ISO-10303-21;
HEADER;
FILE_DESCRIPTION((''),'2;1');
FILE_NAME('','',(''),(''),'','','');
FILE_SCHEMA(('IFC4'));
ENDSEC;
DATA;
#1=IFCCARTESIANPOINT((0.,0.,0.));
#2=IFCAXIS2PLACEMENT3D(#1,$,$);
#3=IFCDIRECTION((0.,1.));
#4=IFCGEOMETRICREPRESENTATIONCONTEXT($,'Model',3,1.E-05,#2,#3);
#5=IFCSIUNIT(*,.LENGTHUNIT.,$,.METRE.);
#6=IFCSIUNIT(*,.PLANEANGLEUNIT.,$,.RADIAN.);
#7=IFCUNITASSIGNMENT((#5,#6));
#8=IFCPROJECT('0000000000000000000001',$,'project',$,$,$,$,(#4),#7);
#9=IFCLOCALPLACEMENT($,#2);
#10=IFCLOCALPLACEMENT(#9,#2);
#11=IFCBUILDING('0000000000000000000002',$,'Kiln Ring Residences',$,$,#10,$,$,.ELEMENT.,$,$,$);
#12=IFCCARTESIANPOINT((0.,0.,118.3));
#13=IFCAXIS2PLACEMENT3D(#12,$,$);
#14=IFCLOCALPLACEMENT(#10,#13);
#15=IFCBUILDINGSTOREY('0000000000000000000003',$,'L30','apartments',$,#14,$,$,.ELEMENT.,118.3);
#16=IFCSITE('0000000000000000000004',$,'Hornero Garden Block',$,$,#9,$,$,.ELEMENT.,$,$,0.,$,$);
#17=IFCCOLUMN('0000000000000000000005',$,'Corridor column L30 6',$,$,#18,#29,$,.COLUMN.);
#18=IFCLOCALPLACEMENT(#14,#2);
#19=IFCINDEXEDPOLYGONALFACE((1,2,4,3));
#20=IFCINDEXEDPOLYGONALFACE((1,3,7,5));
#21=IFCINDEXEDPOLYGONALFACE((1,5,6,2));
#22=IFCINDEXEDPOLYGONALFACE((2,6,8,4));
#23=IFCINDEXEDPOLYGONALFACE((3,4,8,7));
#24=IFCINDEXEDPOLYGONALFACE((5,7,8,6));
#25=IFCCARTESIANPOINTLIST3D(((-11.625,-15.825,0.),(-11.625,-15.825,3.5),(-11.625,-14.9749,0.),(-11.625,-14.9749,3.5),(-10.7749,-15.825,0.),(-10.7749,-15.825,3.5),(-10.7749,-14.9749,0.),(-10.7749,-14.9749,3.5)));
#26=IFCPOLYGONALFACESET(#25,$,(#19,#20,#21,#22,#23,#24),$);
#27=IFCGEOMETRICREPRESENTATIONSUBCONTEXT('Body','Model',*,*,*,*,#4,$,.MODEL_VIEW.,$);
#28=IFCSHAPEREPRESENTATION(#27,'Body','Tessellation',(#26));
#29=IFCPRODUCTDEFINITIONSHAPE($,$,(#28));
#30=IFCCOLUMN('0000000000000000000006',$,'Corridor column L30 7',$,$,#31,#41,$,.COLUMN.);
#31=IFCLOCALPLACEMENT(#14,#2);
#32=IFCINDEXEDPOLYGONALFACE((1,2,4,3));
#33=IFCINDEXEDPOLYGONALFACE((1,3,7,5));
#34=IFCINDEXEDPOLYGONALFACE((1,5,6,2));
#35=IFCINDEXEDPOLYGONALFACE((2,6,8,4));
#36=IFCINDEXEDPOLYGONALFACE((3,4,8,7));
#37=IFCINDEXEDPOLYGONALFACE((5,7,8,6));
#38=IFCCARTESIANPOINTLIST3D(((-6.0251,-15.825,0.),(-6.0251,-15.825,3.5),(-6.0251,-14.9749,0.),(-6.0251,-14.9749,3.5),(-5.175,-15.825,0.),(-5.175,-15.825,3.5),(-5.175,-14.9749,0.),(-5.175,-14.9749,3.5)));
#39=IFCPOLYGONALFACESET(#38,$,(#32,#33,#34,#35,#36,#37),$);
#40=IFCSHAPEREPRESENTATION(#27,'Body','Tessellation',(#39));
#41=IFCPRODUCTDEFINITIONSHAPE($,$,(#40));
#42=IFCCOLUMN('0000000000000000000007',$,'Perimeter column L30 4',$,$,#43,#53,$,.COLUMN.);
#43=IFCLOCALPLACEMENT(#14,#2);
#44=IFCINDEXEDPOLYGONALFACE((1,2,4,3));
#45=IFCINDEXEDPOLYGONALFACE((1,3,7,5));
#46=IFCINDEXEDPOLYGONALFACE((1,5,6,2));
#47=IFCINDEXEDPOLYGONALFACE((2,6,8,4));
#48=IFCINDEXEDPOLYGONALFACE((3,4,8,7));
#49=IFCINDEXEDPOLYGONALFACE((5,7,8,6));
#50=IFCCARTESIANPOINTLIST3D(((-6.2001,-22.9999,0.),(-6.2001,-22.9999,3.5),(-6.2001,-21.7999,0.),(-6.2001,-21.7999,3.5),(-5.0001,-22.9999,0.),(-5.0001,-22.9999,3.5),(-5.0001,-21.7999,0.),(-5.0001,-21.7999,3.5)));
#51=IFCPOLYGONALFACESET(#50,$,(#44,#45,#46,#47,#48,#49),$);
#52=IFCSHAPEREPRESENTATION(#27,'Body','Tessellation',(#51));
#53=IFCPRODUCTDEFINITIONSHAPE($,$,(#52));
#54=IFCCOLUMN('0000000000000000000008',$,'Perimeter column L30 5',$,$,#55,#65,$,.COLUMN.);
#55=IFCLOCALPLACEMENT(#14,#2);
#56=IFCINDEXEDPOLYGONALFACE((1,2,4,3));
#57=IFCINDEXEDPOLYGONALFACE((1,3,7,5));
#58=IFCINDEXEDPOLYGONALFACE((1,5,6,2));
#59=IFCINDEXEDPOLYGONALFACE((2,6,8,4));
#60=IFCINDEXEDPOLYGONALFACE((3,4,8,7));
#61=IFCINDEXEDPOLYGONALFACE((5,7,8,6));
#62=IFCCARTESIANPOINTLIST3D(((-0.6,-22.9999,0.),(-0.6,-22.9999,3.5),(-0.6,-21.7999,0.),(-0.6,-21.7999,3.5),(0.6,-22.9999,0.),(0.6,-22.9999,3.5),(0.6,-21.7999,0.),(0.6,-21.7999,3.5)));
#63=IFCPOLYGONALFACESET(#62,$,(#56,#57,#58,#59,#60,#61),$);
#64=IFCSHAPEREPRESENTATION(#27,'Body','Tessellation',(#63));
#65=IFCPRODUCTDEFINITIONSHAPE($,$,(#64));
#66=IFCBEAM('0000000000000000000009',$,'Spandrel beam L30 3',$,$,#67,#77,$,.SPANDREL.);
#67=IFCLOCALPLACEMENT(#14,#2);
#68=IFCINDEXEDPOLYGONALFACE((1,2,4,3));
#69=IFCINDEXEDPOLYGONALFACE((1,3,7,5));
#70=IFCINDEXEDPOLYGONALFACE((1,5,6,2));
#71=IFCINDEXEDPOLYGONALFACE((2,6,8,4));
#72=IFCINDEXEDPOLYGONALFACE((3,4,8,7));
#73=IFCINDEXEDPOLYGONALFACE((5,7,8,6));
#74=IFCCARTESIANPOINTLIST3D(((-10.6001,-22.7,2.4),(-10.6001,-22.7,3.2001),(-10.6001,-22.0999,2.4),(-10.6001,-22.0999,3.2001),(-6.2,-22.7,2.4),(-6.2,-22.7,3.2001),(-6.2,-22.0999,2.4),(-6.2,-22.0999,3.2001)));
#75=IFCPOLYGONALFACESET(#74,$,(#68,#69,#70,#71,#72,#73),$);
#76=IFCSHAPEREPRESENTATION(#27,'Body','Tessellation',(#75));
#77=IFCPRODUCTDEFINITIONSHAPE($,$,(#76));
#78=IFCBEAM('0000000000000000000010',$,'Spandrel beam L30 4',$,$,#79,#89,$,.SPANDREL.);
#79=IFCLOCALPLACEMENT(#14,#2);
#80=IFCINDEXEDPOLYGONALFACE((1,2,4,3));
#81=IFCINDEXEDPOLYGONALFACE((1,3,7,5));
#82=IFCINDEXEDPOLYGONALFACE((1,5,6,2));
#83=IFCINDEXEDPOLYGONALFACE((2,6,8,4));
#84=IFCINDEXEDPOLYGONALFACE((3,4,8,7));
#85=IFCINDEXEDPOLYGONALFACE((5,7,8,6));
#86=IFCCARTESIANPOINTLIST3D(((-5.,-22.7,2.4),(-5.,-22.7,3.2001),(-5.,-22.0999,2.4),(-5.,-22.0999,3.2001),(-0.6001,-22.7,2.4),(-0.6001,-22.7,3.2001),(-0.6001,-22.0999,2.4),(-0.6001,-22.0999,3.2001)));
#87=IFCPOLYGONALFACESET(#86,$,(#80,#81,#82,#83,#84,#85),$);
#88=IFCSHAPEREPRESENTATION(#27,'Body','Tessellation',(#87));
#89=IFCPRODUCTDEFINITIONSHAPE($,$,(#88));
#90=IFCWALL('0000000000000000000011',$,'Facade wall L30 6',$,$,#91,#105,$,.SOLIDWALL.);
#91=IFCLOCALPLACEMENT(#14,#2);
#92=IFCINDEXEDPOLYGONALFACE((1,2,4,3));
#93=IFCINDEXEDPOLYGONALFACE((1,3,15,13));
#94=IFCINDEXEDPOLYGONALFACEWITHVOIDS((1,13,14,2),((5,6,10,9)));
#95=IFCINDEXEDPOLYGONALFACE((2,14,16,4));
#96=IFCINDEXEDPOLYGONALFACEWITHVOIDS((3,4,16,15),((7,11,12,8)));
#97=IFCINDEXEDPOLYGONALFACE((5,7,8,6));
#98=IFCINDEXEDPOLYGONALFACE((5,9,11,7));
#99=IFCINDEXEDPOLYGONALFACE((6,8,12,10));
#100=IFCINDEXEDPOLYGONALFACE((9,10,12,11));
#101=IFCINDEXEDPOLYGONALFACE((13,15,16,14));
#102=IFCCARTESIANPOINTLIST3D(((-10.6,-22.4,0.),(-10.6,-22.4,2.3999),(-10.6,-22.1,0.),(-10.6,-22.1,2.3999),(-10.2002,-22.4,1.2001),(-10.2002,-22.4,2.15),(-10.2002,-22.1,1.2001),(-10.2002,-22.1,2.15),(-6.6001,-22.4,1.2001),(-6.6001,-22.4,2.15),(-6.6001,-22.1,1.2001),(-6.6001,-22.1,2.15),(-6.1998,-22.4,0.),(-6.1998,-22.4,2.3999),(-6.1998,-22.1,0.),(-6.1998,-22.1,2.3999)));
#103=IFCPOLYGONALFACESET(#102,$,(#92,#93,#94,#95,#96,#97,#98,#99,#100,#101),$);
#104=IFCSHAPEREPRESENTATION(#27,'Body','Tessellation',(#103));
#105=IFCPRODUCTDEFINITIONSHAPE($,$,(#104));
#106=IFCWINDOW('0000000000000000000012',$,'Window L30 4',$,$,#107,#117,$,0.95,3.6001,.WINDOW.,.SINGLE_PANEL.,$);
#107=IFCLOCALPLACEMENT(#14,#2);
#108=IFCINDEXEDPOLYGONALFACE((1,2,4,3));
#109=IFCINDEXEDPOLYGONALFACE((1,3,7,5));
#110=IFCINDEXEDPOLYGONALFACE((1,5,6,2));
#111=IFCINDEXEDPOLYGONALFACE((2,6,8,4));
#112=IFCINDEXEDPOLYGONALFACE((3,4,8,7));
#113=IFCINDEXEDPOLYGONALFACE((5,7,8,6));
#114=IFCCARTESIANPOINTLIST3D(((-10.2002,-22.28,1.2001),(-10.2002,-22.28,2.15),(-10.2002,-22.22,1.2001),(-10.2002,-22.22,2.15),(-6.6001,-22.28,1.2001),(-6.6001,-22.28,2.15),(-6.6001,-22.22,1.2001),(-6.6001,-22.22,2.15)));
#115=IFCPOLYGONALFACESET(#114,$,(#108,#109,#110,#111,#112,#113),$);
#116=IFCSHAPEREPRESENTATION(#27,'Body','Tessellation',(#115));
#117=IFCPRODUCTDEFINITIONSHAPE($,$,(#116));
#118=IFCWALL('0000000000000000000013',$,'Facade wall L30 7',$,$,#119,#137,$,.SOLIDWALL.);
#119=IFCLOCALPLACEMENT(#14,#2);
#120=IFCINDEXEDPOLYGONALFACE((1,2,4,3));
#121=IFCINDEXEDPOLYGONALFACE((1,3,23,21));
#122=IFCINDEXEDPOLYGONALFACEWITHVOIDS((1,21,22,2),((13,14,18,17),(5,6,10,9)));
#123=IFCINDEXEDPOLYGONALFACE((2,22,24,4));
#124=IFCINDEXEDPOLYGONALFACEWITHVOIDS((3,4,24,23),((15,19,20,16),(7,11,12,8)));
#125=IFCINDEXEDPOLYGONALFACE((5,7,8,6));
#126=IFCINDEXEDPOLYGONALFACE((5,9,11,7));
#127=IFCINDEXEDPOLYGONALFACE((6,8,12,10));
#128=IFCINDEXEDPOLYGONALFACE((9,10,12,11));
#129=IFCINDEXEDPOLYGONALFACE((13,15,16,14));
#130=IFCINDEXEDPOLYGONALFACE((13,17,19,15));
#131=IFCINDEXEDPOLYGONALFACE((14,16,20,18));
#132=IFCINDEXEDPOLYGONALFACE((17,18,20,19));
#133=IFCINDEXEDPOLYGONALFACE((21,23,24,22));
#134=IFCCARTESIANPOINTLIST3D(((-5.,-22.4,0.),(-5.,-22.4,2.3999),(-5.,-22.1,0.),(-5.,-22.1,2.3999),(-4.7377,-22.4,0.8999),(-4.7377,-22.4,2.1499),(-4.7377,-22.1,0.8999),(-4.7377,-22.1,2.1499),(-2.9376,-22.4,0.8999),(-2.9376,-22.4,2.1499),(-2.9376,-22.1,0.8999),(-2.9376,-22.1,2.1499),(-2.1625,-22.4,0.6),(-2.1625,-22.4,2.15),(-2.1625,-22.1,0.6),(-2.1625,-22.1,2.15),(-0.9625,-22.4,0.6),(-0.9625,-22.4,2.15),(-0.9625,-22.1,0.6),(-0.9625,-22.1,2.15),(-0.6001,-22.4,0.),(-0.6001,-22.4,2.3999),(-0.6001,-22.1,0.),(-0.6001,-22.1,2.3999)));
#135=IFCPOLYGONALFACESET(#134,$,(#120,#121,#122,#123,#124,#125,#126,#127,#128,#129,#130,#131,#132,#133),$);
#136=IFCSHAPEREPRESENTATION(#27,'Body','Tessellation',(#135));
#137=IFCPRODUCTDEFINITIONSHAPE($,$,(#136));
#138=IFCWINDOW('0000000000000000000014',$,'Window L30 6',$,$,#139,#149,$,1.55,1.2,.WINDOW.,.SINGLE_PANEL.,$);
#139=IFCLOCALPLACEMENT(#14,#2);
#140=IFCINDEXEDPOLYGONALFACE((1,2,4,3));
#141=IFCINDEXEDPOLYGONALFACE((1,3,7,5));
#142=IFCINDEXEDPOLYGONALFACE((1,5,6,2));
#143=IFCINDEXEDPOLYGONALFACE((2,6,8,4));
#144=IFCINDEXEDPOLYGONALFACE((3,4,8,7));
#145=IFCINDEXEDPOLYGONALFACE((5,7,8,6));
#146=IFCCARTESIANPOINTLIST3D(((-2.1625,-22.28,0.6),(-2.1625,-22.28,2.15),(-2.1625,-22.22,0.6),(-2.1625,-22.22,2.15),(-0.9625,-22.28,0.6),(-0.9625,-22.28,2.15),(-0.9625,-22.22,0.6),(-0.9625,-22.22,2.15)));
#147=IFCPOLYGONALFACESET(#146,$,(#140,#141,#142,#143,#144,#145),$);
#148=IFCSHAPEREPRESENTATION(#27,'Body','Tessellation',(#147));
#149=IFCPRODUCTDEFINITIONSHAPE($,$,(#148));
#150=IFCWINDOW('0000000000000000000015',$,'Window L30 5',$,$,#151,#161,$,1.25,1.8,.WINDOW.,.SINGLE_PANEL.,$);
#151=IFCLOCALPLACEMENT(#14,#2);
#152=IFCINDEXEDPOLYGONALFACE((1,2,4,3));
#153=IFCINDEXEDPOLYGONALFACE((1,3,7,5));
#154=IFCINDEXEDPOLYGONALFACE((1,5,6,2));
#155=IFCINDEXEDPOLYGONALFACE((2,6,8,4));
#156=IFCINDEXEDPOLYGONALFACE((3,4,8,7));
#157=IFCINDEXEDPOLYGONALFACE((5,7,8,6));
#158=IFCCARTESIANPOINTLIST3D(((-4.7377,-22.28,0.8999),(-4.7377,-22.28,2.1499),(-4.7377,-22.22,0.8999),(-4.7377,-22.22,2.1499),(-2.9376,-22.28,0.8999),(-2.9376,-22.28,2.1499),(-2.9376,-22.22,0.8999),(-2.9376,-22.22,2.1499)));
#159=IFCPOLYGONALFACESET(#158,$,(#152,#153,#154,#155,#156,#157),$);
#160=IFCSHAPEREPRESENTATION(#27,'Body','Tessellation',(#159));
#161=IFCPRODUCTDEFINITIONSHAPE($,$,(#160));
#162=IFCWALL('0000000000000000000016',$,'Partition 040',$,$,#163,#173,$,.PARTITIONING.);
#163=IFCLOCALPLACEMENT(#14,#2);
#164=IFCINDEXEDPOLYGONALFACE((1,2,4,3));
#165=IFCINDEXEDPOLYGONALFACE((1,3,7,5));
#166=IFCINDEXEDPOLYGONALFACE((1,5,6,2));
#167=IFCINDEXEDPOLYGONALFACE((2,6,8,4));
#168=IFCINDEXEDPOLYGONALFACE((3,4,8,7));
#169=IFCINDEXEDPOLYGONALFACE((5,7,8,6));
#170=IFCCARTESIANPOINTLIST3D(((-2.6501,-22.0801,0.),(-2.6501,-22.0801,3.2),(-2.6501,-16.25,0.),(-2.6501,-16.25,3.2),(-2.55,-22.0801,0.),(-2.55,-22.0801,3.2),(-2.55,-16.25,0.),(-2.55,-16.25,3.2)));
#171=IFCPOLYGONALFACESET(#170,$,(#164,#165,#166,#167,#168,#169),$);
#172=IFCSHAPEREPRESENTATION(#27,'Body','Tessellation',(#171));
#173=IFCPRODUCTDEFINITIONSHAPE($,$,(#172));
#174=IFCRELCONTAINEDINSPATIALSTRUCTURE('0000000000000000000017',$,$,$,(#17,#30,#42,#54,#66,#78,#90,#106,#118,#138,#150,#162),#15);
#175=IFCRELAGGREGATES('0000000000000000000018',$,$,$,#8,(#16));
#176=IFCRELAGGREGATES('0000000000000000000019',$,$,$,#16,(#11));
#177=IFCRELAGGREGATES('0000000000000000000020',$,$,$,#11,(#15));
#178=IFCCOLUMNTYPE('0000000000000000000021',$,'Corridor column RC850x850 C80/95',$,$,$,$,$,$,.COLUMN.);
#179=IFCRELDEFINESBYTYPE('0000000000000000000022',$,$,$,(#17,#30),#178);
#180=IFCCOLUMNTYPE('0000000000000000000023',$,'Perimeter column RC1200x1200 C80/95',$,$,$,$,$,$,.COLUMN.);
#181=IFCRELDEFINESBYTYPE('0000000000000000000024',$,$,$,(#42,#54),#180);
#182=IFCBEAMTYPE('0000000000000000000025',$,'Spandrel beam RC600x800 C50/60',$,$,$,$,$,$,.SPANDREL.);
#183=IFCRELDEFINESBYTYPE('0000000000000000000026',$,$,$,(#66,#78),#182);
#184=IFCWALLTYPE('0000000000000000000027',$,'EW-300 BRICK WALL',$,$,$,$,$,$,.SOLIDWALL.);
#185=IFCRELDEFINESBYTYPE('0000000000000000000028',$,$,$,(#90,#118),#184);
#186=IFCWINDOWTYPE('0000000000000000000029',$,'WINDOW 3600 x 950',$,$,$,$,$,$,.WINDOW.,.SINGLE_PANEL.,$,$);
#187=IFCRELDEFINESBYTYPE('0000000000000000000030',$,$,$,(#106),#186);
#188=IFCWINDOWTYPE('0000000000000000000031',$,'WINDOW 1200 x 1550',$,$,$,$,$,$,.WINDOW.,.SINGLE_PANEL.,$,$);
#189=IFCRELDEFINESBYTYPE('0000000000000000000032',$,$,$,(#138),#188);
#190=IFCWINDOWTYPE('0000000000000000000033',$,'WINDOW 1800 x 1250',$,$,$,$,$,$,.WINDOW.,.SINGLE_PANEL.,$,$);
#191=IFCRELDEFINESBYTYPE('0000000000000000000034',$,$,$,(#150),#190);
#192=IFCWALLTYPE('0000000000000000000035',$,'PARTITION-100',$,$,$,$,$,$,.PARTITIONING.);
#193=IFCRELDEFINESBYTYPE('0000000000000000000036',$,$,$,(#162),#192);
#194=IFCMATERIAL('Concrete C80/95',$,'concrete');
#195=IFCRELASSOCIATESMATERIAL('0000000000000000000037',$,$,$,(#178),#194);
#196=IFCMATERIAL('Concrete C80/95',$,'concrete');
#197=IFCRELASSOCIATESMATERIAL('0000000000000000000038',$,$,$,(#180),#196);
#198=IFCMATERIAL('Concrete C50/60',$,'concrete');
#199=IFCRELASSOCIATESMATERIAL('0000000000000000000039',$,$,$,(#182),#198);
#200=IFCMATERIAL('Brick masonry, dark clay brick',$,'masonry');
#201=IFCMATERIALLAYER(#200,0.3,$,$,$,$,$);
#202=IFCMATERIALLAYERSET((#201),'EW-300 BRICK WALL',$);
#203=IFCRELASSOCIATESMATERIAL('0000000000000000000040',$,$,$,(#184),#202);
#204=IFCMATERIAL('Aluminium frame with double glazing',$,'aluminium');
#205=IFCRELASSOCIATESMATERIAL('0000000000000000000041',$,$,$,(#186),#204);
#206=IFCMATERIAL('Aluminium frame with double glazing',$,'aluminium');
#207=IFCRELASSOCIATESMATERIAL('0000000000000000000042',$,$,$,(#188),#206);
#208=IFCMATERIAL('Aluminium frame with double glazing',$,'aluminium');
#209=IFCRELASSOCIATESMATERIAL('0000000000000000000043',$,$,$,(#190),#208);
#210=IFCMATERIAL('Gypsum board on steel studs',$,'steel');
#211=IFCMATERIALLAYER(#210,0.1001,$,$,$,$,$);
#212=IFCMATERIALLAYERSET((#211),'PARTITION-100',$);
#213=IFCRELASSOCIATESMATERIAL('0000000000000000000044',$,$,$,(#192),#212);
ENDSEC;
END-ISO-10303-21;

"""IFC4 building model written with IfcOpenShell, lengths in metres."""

from ifc_helpers import new_model, si_unit, direction, frame, frame_2d, origin, origin_2d, place, context, subcontext, project, spatial, rectangle, extrude, material, layer, layer_set, material_profile, profile_set, type_object, element, fill, save


model = new_model("IFC4")

# Units and contexts
model_context = context("Model", 3, precision=1e-05, world=origin(), true_north=direction((0.0, 1.0)))
body_context = subcontext(model_context, "Body", "Model", "MODEL_VIEW")
ifc_project = project(units=[si_unit("LENGTHUNIT", "METRE"), si_unit("PLANEANGLEUNIT", "RADIAN")], contexts=[model_context])

# Site, building, storey
site_placement = place(None, origin())
site = spatial("IfcSite", under=ifc_project, at=site_placement, Name="Hornero Garden Block", CompositionType="ELEMENT", RefElevation=0.0)
building_placement = place(site_placement, origin())
building = spatial("IfcBuilding", under=site, at=building_placement, Name="Kiln Ring Residences", CompositionType="ELEMENT")
storey_placement = place(building_placement, frame((0.0, 0.0, 118.3)))
storey = spatial("IfcBuildingStorey", under=building, at=storey_placement, Name="L30", Description="apartments", CompositionType="ELEMENT", Elevation=118.3)

# Columns
ifc_material_1 = material(Name="Concrete C80/95", Category="concrete")
ifc_material_profile_1 = material_profile(ifc_material_1, rectangle(XDim=0.8501, YDim=0.8501, at=origin_2d()), Name="RC850x850")
ifc_profile_set_1 = profile_set([ifc_material_profile_1], Name="Concrete C80/95")
column_type_1 = type_object("IfcColumnType", Name="Corridor column RC850x850 C80/95", PredefinedType="COLUMN", material=ifc_profile_set_1)
for number, where, z_axis, x_axis, name in (
    (1, (-11.2, -15.3999, 0.0), (0.0, 0.0, 1.0), (1.0, 0.0, 0.0), "Corridor column L30 6"),
    (2, (-5.6001, -15.3999, 0.0), (0.0, 0.0, 1.0), (1.0, 0.0, 0.0), "Corridor column L30 7"),
):
    element("IfcColumn", number, at=place(storey_placement, frame(where, z_axis=z_axis, x_axis=x_axis)), inside=storey, type_object=column_type_1, Name=name, PredefinedType="COLUMN", context=body_context, shape_type="SweptSolid", body=[
        extrude(rectangle(XDim=0.8501, YDim=0.8501, at=origin_2d()), origin(), (0.0, 0.0, 1.0), 3.5),
    ])
ifc_material_2 = material(Name="Concrete C80/95", Category="concrete")
ifc_material_profile_2 = material_profile(ifc_material_2, rectangle(XDim=1.2, YDim=1.2, at=origin_2d()), Name="RC1200x1200")
ifc_profile_set_2 = profile_set([ifc_material_profile_2], Name="Concrete C80/95")
column_type_2 = type_object("IfcColumnType", Name="Perimeter column RC1200x1200 C80/95", PredefinedType="COLUMN", material=ifc_profile_set_2)
for number, where, z_axis, x_axis, name in (
    (3, (-5.6001, -22.3999, 0.0), (0.0, 0.0, 1.0), (1.0, 0.0, 0.0), "Perimeter column L30 4"),
    (4, (0.0, -22.3999, 0.0), (0.0, 0.0, 1.0), (1.0, 0.0, 0.0), "Perimeter column L30 5"),
):
    element("IfcColumn", number, at=place(storey_placement, frame(where, z_axis=z_axis, x_axis=x_axis)), inside=storey, type_object=column_type_2, Name=name, PredefinedType="COLUMN", context=body_context, shape_type="SweptSolid", body=[
        extrude(rectangle(XDim=1.2, YDim=1.2, at=origin_2d()), origin(), (0.0, 0.0, 1.0), 3.5),
    ])

# Beams
ifc_material_3 = material(Name="Concrete C50/60", Category="concrete")
ifc_material_profile_3 = material_profile(ifc_material_3, rectangle(XDim=0.6001, YDim=0.8, at=origin_2d()), Name="RC600x800")
ifc_profile_set_3 = profile_set([ifc_material_profile_3], Name="Concrete C50/60")
beam_type = type_object("IfcBeamType", Name="Spandrel beam RC600x800 C50/60", PredefinedType="SPANDREL", material=ifc_profile_set_3)
beam_1_placement = place(storey_placement, frame((-10.6001, -22.3999, 2.8), z_axis=(1.0, 0.0, 0.0), x_axis=(0.0, 1.0, 0.0)))
element("IfcBeam", 5, at=beam_1_placement, inside=storey, type_object=beam_type, Name="Spandrel beam L30 3", PredefinedType="SPANDREL", context=body_context, shape_type="SweptSolid", body=[
    extrude(rectangle(XDim=0.6001, YDim=0.8, at=origin_2d()), origin(), (0.0, 0.0, 1.0), 4.4001),
])
beam_2_placement = place(storey_placement, frame((-5.0, -22.3999, 2.8), z_axis=(1.0, 0.0, 0.0), x_axis=(0.0, 1.0, 0.0)))
element("IfcBeam", 6, at=beam_2_placement, inside=storey, type_object=beam_type, Name="Spandrel beam L30 4", PredefinedType="SPANDREL", context=body_context, shape_type="SweptSolid", body=[
    extrude(rectangle(XDim=0.6001, YDim=0.8, at=origin_2d()), origin(), (0.0, 0.0, 1.0), 4.3999),
])

# Wall, opening, window
ifc_material_4 = material(Name="Brick masonry, dark clay brick", Category="masonry")
ifc_layer_1 = layer(ifc_material_4, 0.3)
ifc_layer_set_1 = layer_set([ifc_layer_1], Name="EW-300 BRICK WALL")
wall_type_1 = type_object("IfcWallType", Name="EW-300 BRICK WALL", PredefinedType="SOLIDWALL", material=ifc_layer_set_1)
wall_1_placement = place(storey_placement, frame((-10.6001, -22.25, 0.0), z_axis=(0.0, 0.0, 1.0), x_axis=(1.0, 0.0, 0.0)))
wall_1 = element("IfcWall", 7, at=wall_1_placement, inside=storey, type_object=wall_type_1, Name="Facade wall L30 6", PredefinedType="SOLIDWALL", context=body_context, shape_type="SweptSolid", body=[
    extrude(rectangle(XDim=4.4001, YDim=0.3, at=frame_2d((2.2002, 0.0))), origin(), (0.0, 0.0, 1.0), 2.3999),
])
opening_1_placement = place(wall_1_placement, frame((0.3999, 0.0, 1.2)))
opening_1 = element("IfcOpeningElement", 8, at=opening_1_placement, cuts=wall_1, PredefinedType="OPENING", context=body_context, shape_type="SweptSolid", body=[
    extrude(rectangle(XDim=3.6001, YDim=0.95, at=frame_2d((1.8, 0.4751))), frame((0.0, 0.1599, 0.0), z_axis=(0.0, -1.0, 0.0), x_axis=(1.0, 0.0, 0.0)), (0.0, 0.0, 1.0), 0.3201),
])
ifc_material_5 = material(Name="Aluminium frame with double glazing", Category="aluminium")
window_type_1 = type_object("IfcWindowType", Name="WINDOW 3600 x 950", PartitioningType="SINGLE_PANEL", PredefinedType="WINDOW", material=ifc_material_5)
window_1_placement = place(opening_1_placement, origin())
window_1 = element("IfcWindow", 9, at=window_1_placement, inside=storey, type_object=window_type_1, Name="Window L30 4", OverallHeight=0.95, OverallWidth=3.6001, PartitioningType="SINGLE_PANEL", PredefinedType="WINDOW", context=body_context, shape_type="SweptSolid", body=[
    extrude(rectangle(XDim=3.6001, YDim=0.95, at=frame_2d((1.8, 0.4751))), frame((0.0, 0.03, 0.0), z_axis=(0.0, -1.0, 0.0), x_axis=(1.0, 0.0, 0.0)), (0.0, 0.0, 1.0), 0.0601),
])
fill(opening_1, window_1)

# Wall, openings, windows
wall_2_placement = place(storey_placement, frame((-5.0, -22.25, 0.0), z_axis=(0.0, 0.0, 1.0), x_axis=(1.0, 0.0, 0.0)))
wall_2 = element("IfcWall", 10, at=wall_2_placement, inside=storey, type_object=wall_type_1, Name="Facade wall L30 7", PredefinedType="SOLIDWALL", context=body_context, shape_type="SweptSolid", body=[
    extrude(rectangle(XDim=4.3999, YDim=0.3, at=frame_2d((2.2, 0.0))), origin(), (0.0, 0.0, 1.0), 2.3999),
])
opening_2_placement = place(wall_2_placement, frame((0.2625, 0.0, 0.8999)))
opening_2 = element("IfcOpeningElement", 11, at=opening_2_placement, cuts=wall_2, PredefinedType="OPENING", context=body_context, shape_type="SweptSolid", body=[
    extrude(rectangle(XDim=1.8, YDim=1.25, at=frame_2d((0.8999, 0.625))), frame((0.0, 0.1599, 0.0), z_axis=(0.0, -1.0, 0.0), x_axis=(1.0, 0.0, 0.0)), (0.0, 0.0, 1.0), 0.3201),
])
opening_3_placement = place(wall_2_placement, frame((2.8374, 0.0, 0.6001)))
opening_3 = element("IfcOpeningElement", 12, at=opening_3_placement, cuts=wall_2, PredefinedType="OPENING", context=body_context, shape_type="SweptSolid", body=[
    extrude(rectangle(XDim=1.2, YDim=1.55, at=frame_2d((0.6001, 0.7749))), frame((0.0, 0.1599, 0.0), z_axis=(0.0, -1.0, 0.0), x_axis=(1.0, 0.0, 0.0)), (0.0, 0.0, 1.0), 0.3201),
])
ifc_material_6 = material(Name="Aluminium frame with double glazing", Category="aluminium")
window_type_2 = type_object("IfcWindowType", Name="WINDOW 1200 x 1550", PartitioningType="SINGLE_PANEL", PredefinedType="WINDOW", material=ifc_material_6)
window_2_placement = place(opening_3_placement, origin())
window_2 = element("IfcWindow", 13, at=window_2_placement, inside=storey, type_object=window_type_2, Name="Window L30 6", OverallHeight=1.55, OverallWidth=1.2, PartitioningType="SINGLE_PANEL", PredefinedType="WINDOW", context=body_context, shape_type="SweptSolid", body=[
    extrude(rectangle(XDim=1.2, YDim=1.55, at=frame_2d((0.6001, 0.7749))), frame((0.0, 0.03, 0.0), z_axis=(0.0, -1.0, 0.0), x_axis=(1.0, 0.0, 0.0)), (0.0, 0.0, 1.0), 0.0601),
])
fill(opening_3, window_2)
ifc_material_7 = material(Name="Aluminium frame with double glazing", Category="aluminium")
window_type_3 = type_object("IfcWindowType", Name="WINDOW 1800 x 1250", PartitioningType="SINGLE_PANEL", PredefinedType="WINDOW", material=ifc_material_7)
window_3_placement = place(opening_2_placement, origin())
window_3 = element("IfcWindow", 14, at=window_3_placement, inside=storey, type_object=window_type_3, Name="Window L30 5", OverallHeight=1.25, OverallWidth=1.8, PartitioningType="SINGLE_PANEL", PredefinedType="WINDOW", context=body_context, shape_type="SweptSolid", body=[
    extrude(rectangle(XDim=1.8, YDim=1.25, at=frame_2d((0.8999, 0.625))), frame((0.0, 0.03, 0.0), z_axis=(0.0, -1.0, 0.0), x_axis=(1.0, 0.0, 0.0)), (0.0, 0.0, 1.0), 0.0601),
])
fill(opening_2, window_3)

# Wall
ifc_material_8 = material(Name="Gypsum board on steel studs", Category="steel")
ifc_layer_2 = layer(ifc_material_8, 0.1001)
ifc_layer_set_2 = layer_set([ifc_layer_2], Name="PARTITION-100")
wall_type_2 = type_object("IfcWallType", Name="PARTITION-100", PredefinedType="PARTITIONING", material=ifc_layer_set_2)
wall_3_placement = place(storey_placement, frame((-2.6001, -22.0801, 0.0), z_axis=(0.0, 0.0, 1.0), x_axis=(0.0, 1.0, 0.0)))
element("IfcWall", 15, at=wall_3_placement, inside=storey, type_object=wall_type_2, Name="Partition 040", PredefinedType="PARTITIONING", context=body_context, shape_type="SweptSolid", body=[
    extrude(rectangle(XDim=5.8301, YDim=0.1001, at=frame_2d((2.915, 0.0))), origin(), (0.0, 0.0, 1.0), 3.2),
])

save(model, "model.ifc")
